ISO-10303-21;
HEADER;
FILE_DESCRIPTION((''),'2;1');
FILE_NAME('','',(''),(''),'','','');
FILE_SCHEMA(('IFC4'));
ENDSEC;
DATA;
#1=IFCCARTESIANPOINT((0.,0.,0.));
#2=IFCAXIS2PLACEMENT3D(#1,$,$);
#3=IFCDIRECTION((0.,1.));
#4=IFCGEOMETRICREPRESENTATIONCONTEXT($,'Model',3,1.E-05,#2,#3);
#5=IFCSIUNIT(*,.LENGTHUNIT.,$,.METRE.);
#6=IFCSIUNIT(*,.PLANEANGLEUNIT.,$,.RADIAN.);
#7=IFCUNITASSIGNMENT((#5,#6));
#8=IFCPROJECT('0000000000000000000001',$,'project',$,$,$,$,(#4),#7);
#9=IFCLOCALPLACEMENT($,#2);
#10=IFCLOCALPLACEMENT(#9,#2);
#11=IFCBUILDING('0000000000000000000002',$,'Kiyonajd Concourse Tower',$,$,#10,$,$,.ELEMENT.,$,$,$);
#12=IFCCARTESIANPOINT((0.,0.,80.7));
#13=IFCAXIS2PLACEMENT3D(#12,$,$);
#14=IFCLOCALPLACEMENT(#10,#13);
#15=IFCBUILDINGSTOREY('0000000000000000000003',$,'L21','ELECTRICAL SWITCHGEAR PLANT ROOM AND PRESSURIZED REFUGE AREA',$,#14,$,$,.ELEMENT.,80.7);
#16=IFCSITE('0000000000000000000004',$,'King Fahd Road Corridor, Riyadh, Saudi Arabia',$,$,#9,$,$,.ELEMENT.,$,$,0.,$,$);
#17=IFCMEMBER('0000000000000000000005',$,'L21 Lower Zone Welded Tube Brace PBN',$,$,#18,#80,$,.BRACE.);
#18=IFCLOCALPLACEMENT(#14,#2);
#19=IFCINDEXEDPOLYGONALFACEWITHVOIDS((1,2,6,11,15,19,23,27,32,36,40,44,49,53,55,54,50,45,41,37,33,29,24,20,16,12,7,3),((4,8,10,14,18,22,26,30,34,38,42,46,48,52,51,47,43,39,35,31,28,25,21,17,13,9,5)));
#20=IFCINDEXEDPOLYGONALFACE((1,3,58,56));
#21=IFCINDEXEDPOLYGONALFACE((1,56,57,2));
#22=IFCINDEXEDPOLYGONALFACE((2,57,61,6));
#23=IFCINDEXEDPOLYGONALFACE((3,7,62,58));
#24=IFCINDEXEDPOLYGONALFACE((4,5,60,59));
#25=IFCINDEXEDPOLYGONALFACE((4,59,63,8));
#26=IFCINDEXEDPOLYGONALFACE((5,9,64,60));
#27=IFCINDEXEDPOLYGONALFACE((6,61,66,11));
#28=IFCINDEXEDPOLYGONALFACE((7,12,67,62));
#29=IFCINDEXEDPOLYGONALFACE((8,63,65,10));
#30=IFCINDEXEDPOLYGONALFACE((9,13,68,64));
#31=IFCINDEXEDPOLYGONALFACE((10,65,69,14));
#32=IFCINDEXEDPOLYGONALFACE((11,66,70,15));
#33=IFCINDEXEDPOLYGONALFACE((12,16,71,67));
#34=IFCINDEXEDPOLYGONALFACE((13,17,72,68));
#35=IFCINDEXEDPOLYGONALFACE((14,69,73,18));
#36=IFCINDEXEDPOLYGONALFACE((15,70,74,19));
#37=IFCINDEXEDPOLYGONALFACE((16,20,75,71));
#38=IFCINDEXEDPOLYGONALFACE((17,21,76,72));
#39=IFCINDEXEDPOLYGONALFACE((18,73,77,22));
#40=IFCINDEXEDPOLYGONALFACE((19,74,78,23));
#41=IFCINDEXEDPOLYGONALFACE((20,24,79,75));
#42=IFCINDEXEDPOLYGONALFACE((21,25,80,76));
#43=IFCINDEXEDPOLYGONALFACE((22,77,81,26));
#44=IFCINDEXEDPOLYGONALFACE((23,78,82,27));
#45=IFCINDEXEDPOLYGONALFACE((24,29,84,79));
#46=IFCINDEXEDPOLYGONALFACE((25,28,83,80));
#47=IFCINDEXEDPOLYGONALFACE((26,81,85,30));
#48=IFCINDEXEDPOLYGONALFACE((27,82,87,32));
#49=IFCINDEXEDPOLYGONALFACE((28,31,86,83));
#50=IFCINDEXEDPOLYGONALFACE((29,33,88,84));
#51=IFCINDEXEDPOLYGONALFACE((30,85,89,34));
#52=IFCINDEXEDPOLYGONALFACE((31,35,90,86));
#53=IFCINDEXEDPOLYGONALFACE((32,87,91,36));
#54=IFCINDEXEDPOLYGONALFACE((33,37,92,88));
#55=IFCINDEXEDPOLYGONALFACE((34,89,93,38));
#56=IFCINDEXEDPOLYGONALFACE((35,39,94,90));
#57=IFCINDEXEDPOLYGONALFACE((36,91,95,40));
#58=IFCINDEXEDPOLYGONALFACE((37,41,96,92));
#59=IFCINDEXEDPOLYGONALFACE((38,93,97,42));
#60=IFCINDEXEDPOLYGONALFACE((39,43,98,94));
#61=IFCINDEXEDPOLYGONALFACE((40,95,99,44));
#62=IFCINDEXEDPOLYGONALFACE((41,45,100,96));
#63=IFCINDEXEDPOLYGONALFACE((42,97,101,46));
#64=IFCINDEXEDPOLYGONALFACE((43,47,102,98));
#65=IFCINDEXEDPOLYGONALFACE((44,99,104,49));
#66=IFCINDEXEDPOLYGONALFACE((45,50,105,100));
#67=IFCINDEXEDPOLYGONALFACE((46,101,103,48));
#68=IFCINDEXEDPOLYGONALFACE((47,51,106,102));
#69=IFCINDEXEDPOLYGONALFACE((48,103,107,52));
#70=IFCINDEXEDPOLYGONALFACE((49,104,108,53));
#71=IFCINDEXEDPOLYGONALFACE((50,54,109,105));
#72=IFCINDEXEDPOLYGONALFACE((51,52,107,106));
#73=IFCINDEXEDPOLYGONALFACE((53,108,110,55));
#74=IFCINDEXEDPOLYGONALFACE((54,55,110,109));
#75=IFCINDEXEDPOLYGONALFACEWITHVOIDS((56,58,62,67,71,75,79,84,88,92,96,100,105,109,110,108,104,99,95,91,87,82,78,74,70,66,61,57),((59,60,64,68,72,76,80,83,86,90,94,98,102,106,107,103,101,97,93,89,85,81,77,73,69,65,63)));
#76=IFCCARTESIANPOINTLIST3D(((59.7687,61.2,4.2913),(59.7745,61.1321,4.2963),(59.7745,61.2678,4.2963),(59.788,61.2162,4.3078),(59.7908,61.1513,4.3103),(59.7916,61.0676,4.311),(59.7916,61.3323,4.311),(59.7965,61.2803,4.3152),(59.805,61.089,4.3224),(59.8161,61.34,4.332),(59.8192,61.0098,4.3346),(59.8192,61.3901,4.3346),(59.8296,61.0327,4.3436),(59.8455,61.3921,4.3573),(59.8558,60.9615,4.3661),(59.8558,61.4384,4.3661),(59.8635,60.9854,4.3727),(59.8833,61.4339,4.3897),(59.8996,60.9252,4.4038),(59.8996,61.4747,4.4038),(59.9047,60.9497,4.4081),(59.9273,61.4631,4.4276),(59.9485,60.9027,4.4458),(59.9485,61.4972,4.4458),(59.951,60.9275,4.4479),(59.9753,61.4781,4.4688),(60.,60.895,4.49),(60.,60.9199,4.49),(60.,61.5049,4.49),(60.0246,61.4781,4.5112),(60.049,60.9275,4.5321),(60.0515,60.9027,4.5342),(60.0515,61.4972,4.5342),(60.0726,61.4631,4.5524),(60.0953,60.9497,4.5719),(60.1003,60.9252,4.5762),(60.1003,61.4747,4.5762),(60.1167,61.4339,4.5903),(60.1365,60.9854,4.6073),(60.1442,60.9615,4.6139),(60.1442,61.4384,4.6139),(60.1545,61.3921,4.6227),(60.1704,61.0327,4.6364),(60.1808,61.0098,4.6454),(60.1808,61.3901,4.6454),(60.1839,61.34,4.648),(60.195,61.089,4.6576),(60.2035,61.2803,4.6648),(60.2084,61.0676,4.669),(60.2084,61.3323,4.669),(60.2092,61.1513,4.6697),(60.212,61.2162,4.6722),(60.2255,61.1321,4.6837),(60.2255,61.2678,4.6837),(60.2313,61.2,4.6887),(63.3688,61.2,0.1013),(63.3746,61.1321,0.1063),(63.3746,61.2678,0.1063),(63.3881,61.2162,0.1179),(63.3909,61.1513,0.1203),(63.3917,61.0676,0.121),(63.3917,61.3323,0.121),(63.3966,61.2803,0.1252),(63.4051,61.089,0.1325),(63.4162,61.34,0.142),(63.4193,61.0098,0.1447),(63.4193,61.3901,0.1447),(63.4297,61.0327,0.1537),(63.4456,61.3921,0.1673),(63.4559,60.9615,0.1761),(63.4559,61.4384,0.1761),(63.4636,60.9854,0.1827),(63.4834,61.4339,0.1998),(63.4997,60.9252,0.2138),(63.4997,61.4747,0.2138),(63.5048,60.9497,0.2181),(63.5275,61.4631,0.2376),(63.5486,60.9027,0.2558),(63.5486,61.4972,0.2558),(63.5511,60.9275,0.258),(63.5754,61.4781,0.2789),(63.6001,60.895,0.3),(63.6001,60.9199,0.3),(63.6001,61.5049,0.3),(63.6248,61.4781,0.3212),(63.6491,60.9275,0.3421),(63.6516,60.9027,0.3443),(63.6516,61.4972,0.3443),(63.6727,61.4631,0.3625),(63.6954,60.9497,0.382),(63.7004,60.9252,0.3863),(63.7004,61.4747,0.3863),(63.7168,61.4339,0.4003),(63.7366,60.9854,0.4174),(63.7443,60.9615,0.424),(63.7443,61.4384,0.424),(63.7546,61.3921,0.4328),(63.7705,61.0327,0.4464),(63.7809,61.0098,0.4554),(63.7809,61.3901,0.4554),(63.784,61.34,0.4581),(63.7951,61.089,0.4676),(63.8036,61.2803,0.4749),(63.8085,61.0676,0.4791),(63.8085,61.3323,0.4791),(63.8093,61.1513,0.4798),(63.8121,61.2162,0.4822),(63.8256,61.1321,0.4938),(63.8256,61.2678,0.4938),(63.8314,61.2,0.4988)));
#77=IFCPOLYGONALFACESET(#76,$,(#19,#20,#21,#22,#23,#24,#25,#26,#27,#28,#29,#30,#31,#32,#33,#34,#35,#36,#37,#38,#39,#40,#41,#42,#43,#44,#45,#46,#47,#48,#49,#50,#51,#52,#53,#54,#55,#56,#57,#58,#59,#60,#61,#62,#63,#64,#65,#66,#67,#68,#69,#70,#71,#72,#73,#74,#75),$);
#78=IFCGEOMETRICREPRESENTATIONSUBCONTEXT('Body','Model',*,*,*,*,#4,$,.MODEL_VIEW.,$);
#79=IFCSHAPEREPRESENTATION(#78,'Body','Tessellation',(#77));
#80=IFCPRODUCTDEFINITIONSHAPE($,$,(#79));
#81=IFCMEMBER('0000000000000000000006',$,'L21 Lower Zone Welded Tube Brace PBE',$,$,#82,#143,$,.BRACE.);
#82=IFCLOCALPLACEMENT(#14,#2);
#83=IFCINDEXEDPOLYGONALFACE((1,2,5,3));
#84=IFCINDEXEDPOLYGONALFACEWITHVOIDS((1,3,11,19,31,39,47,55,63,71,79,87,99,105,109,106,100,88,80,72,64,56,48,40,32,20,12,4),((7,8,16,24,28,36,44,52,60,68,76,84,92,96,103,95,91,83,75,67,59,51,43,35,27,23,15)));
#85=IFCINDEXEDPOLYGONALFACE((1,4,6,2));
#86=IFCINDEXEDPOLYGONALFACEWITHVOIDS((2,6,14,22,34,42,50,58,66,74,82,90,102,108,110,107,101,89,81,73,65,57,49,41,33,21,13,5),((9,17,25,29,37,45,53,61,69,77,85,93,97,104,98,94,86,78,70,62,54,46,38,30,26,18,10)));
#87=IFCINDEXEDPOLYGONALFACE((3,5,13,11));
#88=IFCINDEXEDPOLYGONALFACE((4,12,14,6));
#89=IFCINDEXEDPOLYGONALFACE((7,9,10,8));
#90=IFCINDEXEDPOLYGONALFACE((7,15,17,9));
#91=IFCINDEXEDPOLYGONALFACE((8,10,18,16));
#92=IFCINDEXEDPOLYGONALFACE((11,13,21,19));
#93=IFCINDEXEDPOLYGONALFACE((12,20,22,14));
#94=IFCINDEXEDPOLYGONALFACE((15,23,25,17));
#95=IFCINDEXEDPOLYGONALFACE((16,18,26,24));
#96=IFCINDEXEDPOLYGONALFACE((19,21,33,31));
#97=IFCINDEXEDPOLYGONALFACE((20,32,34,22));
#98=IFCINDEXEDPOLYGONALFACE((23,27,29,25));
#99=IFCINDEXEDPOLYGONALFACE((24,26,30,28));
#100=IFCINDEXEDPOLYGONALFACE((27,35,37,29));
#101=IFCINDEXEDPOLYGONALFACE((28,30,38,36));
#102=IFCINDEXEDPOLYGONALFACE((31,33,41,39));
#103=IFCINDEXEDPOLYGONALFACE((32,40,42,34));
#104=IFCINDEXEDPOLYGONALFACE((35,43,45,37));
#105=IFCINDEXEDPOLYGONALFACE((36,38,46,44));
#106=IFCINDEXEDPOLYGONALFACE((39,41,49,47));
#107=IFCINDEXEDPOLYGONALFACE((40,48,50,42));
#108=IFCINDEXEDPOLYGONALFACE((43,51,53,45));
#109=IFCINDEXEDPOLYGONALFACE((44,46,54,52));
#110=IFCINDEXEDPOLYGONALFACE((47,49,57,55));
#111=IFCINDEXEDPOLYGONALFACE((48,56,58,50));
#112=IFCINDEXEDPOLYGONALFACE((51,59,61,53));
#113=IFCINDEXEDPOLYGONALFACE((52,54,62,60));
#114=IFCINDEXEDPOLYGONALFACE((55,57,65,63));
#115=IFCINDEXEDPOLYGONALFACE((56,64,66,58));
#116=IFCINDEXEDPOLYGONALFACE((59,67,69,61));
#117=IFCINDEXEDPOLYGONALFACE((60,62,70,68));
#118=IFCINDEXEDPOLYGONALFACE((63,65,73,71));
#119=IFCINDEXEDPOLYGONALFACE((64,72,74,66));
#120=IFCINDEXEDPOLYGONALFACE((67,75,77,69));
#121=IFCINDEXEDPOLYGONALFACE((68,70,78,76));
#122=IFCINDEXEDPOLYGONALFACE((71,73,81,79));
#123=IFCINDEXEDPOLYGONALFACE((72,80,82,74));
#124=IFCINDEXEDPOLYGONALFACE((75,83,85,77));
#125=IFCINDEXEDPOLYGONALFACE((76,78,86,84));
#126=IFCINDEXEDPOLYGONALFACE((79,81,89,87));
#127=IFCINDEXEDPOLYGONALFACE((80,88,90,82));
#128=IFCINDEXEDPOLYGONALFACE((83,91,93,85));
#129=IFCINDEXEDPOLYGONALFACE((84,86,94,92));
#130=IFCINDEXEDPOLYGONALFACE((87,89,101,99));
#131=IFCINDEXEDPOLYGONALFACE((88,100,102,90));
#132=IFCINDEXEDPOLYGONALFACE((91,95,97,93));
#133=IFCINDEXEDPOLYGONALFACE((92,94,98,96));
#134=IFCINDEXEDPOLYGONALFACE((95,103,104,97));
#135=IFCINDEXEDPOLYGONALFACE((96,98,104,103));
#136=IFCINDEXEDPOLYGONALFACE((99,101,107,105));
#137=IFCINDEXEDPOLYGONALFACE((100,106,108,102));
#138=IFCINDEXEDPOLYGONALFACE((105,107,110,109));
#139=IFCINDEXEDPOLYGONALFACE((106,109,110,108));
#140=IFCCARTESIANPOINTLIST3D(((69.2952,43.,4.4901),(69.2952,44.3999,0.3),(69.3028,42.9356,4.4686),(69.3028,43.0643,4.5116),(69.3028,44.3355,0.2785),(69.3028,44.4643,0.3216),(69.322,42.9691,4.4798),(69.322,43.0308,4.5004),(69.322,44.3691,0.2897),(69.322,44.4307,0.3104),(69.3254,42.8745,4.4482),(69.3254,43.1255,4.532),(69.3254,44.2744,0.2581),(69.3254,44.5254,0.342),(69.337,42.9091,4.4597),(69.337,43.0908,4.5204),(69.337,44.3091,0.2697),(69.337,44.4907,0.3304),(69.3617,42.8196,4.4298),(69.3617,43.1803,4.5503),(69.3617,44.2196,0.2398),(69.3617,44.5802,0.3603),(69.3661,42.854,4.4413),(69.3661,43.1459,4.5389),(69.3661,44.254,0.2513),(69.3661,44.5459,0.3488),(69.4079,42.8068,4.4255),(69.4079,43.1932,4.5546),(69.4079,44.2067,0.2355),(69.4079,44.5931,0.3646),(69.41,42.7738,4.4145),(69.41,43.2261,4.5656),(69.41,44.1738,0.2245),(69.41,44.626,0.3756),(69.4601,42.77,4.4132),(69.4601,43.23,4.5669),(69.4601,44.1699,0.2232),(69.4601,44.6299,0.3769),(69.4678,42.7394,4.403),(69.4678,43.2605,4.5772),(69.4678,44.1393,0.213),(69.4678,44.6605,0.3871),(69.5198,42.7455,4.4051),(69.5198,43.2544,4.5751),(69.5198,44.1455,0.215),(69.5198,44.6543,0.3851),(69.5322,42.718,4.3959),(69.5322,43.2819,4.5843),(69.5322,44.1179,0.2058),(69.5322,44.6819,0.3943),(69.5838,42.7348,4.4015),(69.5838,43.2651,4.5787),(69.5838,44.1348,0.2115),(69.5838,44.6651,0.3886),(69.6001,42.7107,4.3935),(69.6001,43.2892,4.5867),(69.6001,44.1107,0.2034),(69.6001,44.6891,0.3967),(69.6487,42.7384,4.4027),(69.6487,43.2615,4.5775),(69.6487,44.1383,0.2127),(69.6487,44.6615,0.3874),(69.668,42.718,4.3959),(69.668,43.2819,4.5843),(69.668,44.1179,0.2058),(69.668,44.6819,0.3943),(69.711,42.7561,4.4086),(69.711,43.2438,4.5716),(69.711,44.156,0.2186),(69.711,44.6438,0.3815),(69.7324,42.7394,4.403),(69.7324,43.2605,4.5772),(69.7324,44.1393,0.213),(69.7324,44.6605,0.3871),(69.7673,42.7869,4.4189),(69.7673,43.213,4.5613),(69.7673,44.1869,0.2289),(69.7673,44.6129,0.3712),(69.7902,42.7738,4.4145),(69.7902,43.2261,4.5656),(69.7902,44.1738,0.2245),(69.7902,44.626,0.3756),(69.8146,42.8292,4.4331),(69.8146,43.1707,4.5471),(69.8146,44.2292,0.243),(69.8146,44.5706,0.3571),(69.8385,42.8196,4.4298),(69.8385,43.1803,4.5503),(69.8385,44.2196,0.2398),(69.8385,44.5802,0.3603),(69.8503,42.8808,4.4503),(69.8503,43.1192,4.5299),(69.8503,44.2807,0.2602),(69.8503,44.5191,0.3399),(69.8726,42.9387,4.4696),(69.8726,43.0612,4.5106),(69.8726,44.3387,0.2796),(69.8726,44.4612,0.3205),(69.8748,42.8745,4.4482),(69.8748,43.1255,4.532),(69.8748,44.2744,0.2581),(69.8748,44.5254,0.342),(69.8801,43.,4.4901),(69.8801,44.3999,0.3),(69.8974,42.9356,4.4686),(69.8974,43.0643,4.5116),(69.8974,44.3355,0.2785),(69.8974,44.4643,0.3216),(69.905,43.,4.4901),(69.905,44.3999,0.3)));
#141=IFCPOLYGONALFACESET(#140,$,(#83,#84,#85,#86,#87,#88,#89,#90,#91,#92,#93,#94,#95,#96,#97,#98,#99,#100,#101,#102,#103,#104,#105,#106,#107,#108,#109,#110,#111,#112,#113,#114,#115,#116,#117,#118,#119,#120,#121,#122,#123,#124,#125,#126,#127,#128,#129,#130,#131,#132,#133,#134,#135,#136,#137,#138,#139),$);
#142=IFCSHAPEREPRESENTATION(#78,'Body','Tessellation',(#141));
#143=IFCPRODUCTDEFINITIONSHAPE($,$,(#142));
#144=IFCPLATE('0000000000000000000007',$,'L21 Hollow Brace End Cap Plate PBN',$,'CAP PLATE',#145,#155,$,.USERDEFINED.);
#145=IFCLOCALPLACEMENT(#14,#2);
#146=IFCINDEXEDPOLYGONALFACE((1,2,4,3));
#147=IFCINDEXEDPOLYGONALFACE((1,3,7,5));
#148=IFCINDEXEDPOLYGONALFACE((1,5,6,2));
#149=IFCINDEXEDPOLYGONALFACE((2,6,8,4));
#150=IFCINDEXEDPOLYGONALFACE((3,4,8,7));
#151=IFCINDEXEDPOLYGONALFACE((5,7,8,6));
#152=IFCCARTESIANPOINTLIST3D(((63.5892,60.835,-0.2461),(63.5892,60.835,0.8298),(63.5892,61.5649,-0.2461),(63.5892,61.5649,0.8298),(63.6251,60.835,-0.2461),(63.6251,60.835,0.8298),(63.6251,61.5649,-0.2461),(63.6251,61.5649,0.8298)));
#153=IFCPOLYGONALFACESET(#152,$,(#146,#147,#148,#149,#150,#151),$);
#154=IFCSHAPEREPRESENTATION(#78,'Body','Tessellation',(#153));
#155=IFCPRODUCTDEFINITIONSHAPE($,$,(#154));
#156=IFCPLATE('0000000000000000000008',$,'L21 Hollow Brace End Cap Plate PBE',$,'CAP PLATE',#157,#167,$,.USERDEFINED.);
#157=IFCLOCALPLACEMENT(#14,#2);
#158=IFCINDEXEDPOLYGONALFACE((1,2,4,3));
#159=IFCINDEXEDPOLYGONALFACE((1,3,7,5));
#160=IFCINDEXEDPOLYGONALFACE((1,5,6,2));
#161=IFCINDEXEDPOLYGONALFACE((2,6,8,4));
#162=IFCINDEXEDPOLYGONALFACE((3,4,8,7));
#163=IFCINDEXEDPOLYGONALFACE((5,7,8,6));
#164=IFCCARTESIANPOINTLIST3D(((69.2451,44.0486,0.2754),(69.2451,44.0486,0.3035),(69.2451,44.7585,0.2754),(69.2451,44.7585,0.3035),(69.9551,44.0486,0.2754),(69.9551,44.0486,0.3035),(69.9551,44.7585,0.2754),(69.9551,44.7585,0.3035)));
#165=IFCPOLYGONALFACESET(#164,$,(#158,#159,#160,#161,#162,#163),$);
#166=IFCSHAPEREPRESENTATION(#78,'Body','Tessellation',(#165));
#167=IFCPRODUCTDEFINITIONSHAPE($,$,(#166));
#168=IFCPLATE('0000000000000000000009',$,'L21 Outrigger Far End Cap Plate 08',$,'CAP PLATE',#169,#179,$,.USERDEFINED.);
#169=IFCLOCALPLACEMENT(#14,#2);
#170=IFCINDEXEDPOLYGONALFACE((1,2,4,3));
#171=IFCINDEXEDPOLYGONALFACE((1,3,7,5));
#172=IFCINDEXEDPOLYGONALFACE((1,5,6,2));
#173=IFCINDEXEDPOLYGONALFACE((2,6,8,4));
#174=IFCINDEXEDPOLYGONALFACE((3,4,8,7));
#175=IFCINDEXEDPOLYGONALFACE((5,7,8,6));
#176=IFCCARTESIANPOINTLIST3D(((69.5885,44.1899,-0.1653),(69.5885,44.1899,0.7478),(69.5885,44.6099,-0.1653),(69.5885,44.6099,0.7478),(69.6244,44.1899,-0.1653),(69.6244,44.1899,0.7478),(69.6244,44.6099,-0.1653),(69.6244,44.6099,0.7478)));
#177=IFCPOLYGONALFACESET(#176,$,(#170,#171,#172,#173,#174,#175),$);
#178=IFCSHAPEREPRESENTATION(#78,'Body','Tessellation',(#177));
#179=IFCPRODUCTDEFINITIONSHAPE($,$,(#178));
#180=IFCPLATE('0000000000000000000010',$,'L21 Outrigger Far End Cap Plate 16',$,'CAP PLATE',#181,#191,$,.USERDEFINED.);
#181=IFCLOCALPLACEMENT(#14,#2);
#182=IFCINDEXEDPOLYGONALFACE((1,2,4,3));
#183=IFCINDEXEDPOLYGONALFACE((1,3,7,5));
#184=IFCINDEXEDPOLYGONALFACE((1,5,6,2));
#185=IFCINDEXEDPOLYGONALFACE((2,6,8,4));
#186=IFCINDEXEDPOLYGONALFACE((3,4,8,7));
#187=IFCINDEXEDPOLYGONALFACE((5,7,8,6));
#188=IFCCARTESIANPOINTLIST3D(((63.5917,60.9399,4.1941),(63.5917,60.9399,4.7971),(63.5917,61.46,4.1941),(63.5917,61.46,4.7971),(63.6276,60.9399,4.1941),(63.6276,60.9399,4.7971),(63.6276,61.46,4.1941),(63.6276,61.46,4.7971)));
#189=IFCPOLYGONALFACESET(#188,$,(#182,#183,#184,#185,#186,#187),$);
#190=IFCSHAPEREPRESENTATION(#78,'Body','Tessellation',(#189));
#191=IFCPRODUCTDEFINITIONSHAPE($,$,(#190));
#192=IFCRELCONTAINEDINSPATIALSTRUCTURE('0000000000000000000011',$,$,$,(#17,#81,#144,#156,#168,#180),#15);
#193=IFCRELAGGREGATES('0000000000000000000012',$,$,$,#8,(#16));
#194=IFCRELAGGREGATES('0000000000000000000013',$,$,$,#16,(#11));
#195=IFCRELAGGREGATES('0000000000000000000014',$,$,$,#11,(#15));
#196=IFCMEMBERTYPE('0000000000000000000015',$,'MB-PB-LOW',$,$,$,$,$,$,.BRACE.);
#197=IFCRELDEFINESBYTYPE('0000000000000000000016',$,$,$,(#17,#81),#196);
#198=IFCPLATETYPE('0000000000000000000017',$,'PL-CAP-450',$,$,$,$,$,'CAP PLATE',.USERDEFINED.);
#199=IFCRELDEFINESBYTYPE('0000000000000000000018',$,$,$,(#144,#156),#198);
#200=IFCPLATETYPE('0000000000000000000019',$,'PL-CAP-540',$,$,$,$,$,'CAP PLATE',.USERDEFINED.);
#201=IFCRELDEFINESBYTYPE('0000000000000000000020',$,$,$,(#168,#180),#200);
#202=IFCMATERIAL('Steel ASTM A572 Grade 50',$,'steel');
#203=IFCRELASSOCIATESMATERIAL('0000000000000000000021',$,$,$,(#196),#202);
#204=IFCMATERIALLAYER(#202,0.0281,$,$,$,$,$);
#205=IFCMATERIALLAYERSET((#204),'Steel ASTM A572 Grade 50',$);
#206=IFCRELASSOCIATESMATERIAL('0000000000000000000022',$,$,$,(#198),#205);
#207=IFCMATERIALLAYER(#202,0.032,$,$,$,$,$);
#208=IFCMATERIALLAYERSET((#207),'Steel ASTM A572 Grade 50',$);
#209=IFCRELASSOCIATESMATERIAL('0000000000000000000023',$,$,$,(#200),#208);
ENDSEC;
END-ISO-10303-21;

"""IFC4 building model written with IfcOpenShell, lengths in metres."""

from ifc_helpers import new_model, si_unit, direction, frame, origin, origin_2d, place, context, subcontext, project, spatial, rectangle, hollow_circle, extrude, material, layer, layer_set, material_profile, profile_set, type_object, element, save


model = new_model("IFC4")

# Units and contexts
model_context = context("Model", 3, precision=1e-05, world=origin(), true_north=direction((0.0, 1.0)))
body_context = subcontext(model_context, "Body", "Model", "MODEL_VIEW")
ifc_project = project(units=[si_unit("LENGTHUNIT", "METRE"), si_unit("PLANEANGLEUNIT", "RADIAN")], contexts=[model_context])

# Site, building, storey
site_placement = place(None, origin())
site = spatial("IfcSite", under=ifc_project, at=site_placement, Name="King Fahd Road Corridor, Riyadh, Saudi Arabia", CompositionType="ELEMENT", RefElevation=0.0)
building_placement = place(site_placement, origin())
building = spatial("IfcBuilding", under=site, at=building_placement, Name="Kiyonajd Concourse Tower", CompositionType="ELEMENT")
storey_placement = place(building_placement, frame((0.0, 0.0, 80.7)))
storey = spatial("IfcBuildingStorey", under=building, at=storey_placement, Name="L21", Description="ELECTRICAL SWITCHGEAR PLANT ROOM AND PRESSURIZED REFUGE AREA", CompositionType="ELEMENT", Elevation=80.7)

# Members
ifc_material_1 = material(Name="Steel ASTM A572 Grade 50", Category="steel")
ifc_material_profile_1 = material_profile(ifc_material_1, hollow_circle(Radius=0.3049, WallThickness=0.0249, at=origin_2d()), Name="CHS-610x25")
ifc_profile_set_1 = profile_set([ifc_material_profile_1], Name="Steel ASTM A572 Grade 50")
member_type = type_object("IfcMemberType", Name="MB-PB-LOW", PredefinedType="BRACE", material=ifc_profile_set_1)
member_1_placement = place(storey_placement, frame((63.6001, 61.2, 0.3), z_axis=(-0.651701, 0.0, 0.758476), x_axis=(0.0, -1.0, 0.0)))
element("IfcMember", 1, at=member_1_placement, inside=storey, type_object=member_type, Name="L21 Lower Zone Welded Tube Brace PBN", PredefinedType="BRACE", context=body_context, shape_type="SweptSolid", body=[
    extrude(hollow_circle(Radius=0.3049, WallThickness=0.0249, at=origin_2d()), origin(), (0.0, 0.0, 1.0), 5.5242),
])
member_2_placement = place(storey_placement, frame((69.6001, 44.3999, 0.3), z_axis=(0.0, -0.316891, 0.948462), x_axis=(1.0, 0.0, 0.0)))
element("IfcMember", 2, at=member_2_placement, inside=storey, type_object=member_type, Name="L21 Lower Zone Welded Tube Brace PBE", PredefinedType="BRACE", context=body_context, shape_type="SweptSolid", body=[
    extrude(hollow_circle(Radius=0.3049, WallThickness=0.0249, at=origin_2d()), origin(), (0.0, 0.0, 1.0), 4.4177),
])

# Plates
ifc_layer_1 = layer(ifc_material_1, 0.0281)
ifc_layer_set_1 = layer_set([ifc_layer_1], Name="Steel ASTM A572 Grade 50")
plate_type_1 = type_object("IfcPlateType", Name="PL-CAP-450", ElementType="CAP PLATE", PredefinedType="USERDEFINED", material=ifc_layer_set_1)
plate_1_placement = place(storey_placement, frame((63.6072, 61.2, -0.2461), z_axis=(0.0, 0.0, 1.0), x_axis=(1.0, 0.0, 0.0)))
element("IfcPlate", 3, at=plate_1_placement, inside=storey, type_object=plate_type_1, Name="L21 Hollow Brace End Cap Plate PBN", ObjectType="CAP PLATE", PredefinedType="USERDEFINED", context=body_context, shape_type="SweptSolid", body=[
    extrude(rectangle(XDim=0.0359, YDim=0.73, at=origin_2d()), origin(), (0.0, 0.0, 1.0), 1.0759),
])
plate_2_placement = place(storey_placement, frame((69.6001, 44.4036, 0.2754), z_axis=(0.0, 0.0, 1.0), x_axis=(1.0, 0.0, 0.0)))
element("IfcPlate", 4, at=plate_2_placement, inside=storey, type_object=plate_type_1, Name="L21 Hollow Brace End Cap Plate PBE", ObjectType="CAP PLATE", PredefinedType="USERDEFINED", context=body_context, shape_type="SweptSolid", body=[
    extrude(rectangle(XDim=0.71, YDim=0.71, at=origin_2d()), origin(), (0.0, 0.0, 1.0), 0.0281),
])
ifc_layer_2 = layer(ifc_material_1, 0.032)
ifc_layer_set_2 = layer_set([ifc_layer_2], Name="Steel ASTM A572 Grade 50")
plate_type_2 = type_object("IfcPlateType", Name="PL-CAP-540", ElementType="CAP PLATE", PredefinedType="USERDEFINED", material=ifc_layer_set_2)
plate_3_placement = place(storey_placement, frame((69.6064, 44.3999, -0.1653), z_axis=(0.0, 0.0, 1.0), x_axis=(1.0, 0.0, 0.0)))
element("IfcPlate", 5, at=plate_3_placement, inside=storey, type_object=plate_type_2, Name="L21 Outrigger Far End Cap Plate 08", ObjectType="CAP PLATE", PredefinedType="USERDEFINED", context=body_context, shape_type="SweptSolid", body=[
    extrude(rectangle(XDim=0.0359, YDim=0.4199, at=origin_2d()), origin(), (0.0, 0.0, 1.0), 0.9131),
])
plate_4_placement = place(storey_placement, frame((63.6096, 61.2, 4.1941), z_axis=(0.0, 0.0, 1.0), x_axis=(1.0, 0.0, 0.0)))
element("IfcPlate", 6, at=plate_4_placement, inside=storey, type_object=plate_type_2, Name="L21 Outrigger Far End Cap Plate 16", ObjectType="CAP PLATE", PredefinedType="USERDEFINED", context=body_context, shape_type="SweptSolid", body=[
    extrude(rectangle(XDim=0.0359, YDim=0.52, at=origin_2d()), origin(), (0.0, 0.0, 1.0), 0.603),
])

save(model, "model.ifc")
